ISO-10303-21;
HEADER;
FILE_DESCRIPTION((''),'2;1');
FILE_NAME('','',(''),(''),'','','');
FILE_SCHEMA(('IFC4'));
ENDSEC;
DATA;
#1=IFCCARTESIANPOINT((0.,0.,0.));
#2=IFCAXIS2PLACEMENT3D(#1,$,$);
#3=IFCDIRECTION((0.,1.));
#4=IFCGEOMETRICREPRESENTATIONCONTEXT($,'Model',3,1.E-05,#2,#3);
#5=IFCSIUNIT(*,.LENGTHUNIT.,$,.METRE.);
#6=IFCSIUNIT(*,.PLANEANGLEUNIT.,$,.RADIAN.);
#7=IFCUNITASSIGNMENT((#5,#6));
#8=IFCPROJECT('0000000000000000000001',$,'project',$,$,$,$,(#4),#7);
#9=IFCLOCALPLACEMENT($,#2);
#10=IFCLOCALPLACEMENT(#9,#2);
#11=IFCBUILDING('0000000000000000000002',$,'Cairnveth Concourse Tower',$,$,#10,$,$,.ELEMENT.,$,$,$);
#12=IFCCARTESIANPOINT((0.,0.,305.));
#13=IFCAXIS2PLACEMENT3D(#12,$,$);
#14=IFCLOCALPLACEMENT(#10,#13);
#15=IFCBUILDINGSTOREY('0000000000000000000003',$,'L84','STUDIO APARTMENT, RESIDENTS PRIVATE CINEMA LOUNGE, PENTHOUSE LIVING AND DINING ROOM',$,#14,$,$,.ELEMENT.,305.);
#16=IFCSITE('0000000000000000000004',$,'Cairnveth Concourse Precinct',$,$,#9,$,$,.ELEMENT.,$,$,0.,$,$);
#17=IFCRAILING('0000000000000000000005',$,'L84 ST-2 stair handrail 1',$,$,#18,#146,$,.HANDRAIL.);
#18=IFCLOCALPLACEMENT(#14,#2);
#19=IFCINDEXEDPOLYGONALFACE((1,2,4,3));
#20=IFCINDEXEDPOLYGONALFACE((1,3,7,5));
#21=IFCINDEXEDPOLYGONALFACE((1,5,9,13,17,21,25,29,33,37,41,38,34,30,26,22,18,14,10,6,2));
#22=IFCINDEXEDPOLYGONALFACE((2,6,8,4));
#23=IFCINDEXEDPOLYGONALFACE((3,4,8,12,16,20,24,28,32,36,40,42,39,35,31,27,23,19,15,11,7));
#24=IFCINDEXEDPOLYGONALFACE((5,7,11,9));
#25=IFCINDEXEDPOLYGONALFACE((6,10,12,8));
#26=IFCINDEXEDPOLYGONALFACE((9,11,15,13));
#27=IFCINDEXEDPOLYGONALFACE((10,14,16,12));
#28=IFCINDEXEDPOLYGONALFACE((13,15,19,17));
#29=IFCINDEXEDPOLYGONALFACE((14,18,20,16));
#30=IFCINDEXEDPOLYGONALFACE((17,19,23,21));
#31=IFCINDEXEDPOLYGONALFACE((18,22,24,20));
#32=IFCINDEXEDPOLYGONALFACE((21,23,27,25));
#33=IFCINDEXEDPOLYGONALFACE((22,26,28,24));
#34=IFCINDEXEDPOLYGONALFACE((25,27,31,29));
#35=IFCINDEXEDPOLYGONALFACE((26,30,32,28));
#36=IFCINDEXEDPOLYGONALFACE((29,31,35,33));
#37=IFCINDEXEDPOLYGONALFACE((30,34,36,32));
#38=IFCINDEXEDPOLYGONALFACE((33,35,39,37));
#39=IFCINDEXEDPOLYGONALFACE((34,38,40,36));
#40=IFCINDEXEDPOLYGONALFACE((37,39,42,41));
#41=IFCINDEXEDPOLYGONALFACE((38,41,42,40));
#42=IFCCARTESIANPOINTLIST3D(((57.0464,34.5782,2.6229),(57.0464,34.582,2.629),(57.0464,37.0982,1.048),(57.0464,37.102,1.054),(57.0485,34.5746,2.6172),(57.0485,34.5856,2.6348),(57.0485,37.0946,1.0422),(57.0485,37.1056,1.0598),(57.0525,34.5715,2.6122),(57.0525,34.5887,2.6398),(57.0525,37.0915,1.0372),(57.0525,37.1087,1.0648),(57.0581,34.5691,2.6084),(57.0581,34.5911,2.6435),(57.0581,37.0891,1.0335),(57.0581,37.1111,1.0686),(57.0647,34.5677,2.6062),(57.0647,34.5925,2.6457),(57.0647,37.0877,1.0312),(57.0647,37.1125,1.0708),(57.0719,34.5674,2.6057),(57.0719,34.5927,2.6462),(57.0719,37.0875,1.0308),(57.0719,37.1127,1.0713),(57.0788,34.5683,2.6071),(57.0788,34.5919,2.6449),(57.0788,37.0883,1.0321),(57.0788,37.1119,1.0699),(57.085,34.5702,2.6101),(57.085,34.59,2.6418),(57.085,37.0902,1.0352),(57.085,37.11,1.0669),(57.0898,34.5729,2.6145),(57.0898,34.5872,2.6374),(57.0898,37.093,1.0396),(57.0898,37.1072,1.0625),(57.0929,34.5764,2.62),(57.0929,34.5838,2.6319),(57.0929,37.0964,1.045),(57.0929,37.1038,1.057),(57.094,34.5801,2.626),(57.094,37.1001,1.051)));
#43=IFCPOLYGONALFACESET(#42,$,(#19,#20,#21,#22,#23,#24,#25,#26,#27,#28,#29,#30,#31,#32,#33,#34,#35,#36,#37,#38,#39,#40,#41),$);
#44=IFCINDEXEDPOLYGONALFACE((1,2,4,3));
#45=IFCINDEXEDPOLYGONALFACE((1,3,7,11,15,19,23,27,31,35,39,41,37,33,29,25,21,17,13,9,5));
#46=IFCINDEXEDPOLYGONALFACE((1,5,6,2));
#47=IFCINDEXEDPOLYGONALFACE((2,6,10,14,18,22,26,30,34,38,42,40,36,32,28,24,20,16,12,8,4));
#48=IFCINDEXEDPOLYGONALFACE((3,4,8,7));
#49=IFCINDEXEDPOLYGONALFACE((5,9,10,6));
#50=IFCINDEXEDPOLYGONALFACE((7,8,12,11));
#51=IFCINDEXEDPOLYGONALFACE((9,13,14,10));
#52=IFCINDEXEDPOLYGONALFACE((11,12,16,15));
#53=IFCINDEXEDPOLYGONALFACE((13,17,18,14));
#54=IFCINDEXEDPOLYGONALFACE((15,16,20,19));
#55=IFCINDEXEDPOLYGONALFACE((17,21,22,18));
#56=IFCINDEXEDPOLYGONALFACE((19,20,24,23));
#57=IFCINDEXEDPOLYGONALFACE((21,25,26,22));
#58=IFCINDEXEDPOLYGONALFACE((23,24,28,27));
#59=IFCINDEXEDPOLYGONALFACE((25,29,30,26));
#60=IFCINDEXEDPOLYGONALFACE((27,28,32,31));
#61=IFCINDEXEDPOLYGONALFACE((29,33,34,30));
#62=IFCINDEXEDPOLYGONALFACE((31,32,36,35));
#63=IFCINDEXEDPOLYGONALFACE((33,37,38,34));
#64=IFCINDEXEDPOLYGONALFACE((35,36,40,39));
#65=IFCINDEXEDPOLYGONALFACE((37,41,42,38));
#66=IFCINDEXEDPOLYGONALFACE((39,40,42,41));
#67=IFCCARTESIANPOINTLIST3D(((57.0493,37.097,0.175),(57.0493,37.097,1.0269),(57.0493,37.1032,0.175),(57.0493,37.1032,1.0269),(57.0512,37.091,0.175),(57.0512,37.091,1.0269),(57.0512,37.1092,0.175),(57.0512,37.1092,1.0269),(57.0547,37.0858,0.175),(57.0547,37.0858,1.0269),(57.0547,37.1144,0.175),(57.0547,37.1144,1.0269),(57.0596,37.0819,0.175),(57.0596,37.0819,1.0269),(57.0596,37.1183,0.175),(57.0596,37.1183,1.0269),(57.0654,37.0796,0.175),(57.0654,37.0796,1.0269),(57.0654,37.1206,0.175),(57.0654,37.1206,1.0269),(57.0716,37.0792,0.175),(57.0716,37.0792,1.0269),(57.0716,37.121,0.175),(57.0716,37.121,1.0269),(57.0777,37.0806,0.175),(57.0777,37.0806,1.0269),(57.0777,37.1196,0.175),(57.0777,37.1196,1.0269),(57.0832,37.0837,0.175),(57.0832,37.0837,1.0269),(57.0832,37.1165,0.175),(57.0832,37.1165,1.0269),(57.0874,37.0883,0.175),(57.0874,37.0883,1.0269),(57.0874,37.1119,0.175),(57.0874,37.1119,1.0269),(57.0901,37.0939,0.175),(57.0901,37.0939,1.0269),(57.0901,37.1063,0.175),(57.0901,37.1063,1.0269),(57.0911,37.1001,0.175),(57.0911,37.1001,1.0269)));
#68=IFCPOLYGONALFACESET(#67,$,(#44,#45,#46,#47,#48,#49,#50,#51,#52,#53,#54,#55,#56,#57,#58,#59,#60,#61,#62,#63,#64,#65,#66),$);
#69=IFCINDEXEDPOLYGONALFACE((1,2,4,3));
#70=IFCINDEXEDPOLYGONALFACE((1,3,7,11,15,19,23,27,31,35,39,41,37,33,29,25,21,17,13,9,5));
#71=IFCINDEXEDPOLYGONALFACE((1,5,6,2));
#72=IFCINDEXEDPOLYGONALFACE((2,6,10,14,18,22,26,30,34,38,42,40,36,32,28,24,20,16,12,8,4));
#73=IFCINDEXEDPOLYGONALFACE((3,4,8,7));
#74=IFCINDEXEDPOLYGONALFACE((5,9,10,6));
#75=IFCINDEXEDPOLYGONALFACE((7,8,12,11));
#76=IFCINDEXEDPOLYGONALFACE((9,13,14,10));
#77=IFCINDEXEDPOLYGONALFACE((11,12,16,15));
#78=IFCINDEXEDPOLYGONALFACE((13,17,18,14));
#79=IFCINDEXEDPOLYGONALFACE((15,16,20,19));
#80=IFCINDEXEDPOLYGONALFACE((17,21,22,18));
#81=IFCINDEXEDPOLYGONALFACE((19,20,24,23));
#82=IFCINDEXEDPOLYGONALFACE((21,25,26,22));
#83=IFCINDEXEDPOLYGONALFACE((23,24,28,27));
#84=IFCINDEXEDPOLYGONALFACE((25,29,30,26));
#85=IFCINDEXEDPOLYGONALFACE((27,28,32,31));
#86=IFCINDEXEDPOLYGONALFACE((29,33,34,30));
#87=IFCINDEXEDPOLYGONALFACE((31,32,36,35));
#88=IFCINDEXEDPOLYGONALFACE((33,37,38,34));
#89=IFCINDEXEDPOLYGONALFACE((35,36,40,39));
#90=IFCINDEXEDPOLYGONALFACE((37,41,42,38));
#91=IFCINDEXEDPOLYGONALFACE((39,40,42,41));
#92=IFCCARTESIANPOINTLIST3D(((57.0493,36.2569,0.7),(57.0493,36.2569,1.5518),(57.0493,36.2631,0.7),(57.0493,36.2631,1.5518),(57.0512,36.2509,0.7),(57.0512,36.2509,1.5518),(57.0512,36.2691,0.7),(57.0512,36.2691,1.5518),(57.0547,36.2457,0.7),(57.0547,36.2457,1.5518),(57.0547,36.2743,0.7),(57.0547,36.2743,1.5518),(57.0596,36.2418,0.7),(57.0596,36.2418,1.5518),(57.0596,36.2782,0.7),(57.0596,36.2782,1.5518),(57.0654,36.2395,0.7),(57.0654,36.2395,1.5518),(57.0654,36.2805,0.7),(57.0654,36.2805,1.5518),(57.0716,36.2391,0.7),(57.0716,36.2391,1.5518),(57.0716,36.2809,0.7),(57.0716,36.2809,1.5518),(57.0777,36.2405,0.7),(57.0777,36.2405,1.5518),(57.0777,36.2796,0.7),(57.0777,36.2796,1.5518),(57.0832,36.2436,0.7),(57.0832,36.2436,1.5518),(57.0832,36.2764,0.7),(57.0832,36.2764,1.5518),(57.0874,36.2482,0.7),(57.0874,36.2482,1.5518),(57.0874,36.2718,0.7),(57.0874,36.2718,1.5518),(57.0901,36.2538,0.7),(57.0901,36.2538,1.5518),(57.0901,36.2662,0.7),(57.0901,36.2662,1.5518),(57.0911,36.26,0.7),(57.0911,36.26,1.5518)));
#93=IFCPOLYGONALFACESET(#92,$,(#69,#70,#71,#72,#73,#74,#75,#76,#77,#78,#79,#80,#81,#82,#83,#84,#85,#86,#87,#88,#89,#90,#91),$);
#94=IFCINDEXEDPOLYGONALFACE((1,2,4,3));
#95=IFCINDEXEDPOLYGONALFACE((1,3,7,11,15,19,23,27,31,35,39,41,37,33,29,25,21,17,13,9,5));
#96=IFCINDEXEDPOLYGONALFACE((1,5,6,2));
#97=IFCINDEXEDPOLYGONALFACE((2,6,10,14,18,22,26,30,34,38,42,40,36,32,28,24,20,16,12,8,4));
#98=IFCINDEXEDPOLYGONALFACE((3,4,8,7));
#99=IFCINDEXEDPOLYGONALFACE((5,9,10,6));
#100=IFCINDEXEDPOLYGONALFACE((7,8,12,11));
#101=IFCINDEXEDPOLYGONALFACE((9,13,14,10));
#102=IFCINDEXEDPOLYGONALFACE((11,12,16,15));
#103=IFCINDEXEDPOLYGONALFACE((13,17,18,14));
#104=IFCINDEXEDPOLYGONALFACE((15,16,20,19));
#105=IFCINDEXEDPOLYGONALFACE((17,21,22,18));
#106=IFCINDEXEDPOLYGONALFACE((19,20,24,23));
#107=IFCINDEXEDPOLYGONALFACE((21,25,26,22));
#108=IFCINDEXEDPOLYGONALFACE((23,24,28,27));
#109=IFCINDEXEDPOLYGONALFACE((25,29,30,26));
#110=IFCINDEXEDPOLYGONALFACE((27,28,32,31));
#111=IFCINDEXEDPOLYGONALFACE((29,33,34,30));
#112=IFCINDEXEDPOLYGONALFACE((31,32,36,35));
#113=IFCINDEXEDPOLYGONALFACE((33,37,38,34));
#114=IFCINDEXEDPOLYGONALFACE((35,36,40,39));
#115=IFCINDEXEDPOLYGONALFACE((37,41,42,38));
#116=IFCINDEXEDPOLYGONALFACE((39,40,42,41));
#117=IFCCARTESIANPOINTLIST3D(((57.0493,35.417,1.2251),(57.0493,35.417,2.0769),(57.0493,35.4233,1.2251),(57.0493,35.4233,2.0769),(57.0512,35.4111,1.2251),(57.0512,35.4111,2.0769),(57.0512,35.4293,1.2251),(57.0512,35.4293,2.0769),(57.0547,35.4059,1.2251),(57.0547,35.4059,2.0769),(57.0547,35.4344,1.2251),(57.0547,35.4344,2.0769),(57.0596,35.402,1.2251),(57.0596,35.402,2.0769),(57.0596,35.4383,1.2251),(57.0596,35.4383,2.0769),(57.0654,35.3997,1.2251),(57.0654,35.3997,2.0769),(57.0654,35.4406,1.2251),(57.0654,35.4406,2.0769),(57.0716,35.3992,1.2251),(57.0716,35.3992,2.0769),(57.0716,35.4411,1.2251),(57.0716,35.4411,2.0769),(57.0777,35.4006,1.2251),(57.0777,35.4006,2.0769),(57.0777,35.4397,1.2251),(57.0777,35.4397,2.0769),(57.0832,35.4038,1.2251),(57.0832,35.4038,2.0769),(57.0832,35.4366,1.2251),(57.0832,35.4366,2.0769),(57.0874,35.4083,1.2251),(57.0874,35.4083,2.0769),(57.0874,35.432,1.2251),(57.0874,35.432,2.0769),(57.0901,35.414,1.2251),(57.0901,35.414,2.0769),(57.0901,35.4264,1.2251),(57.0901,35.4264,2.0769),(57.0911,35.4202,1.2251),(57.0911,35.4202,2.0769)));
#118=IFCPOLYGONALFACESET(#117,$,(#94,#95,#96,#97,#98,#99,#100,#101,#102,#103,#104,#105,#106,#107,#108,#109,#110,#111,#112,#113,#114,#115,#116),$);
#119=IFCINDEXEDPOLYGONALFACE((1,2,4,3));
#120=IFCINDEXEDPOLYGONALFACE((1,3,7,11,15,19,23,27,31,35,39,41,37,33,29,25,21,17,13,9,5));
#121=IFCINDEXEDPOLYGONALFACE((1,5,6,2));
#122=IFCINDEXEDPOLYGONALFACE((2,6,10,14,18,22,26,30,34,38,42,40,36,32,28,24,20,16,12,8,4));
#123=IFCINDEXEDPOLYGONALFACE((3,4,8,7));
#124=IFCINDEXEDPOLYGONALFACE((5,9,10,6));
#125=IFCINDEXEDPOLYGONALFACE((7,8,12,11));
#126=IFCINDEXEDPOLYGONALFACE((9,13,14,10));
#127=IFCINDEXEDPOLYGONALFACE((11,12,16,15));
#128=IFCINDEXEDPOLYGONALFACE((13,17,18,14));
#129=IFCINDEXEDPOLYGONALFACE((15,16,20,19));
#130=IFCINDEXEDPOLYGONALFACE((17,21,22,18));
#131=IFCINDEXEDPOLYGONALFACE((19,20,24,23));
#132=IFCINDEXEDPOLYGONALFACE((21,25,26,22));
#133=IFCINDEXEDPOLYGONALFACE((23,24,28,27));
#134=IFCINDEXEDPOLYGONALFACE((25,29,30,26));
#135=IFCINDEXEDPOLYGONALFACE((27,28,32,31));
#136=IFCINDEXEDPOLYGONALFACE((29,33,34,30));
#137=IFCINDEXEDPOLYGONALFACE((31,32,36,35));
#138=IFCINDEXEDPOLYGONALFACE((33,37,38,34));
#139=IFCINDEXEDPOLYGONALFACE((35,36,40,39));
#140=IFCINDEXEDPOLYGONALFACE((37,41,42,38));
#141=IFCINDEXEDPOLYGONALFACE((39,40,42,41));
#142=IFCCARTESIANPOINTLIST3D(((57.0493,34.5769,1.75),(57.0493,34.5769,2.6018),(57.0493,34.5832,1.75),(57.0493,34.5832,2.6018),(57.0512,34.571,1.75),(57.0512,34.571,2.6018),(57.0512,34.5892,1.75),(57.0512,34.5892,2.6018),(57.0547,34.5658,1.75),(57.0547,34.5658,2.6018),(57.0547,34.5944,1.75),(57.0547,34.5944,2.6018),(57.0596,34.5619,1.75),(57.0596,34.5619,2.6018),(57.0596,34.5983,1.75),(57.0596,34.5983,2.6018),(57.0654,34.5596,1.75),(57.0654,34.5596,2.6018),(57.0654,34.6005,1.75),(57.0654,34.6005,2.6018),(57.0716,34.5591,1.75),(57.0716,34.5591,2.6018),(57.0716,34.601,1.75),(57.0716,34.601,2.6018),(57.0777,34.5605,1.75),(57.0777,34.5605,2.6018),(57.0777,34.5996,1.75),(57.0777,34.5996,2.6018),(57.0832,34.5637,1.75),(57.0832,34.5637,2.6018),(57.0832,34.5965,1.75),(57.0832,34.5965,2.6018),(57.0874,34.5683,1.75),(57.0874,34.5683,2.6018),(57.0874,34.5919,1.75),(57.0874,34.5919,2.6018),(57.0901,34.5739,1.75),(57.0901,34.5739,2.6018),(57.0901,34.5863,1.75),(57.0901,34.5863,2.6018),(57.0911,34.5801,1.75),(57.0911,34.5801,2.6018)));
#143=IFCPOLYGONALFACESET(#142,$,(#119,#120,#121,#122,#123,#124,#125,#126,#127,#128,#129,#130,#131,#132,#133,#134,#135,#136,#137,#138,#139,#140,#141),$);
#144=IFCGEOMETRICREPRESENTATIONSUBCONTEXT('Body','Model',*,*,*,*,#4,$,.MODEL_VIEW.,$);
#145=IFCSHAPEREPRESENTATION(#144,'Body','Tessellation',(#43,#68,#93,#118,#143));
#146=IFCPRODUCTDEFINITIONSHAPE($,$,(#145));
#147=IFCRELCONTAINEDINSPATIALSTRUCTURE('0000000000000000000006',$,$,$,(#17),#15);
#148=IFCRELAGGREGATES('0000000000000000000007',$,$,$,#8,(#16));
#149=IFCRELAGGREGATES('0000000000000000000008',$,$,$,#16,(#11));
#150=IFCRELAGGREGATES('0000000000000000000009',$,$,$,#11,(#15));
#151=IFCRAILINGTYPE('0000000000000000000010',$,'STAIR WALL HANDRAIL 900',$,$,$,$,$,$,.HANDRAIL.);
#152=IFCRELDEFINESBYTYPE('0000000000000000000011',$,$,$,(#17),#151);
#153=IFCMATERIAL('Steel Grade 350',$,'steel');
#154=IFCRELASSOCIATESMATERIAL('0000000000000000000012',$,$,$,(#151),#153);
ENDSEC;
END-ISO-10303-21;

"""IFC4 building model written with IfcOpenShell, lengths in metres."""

from ifc_helpers import new_model, si_unit, direction, frame, origin, origin_2d, place, context, subcontext, project, spatial, circle, extrude, material, type_object, element, save


model = new_model("IFC4")

# Units and contexts
model_context = context("Model", 3, precision=1e-05, world=origin(), true_north=direction((0.0, 1.0)))
body_context = subcontext(model_context, "Body", "Model", "MODEL_VIEW")
ifc_project = project(units=[si_unit("LENGTHUNIT", "METRE"), si_unit("PLANEANGLEUNIT", "RADIAN")], contexts=[model_context])

# Site, building, storey
site_placement = place(None, origin())
site = spatial("IfcSite", under=ifc_project, at=site_placement, Name="Cairnveth Concourse Precinct", CompositionType="ELEMENT", RefElevation=0.0)
building_placement = place(site_placement, origin())
building = spatial("IfcBuilding", under=site, at=building_placement, Name="Cairnveth Concourse Tower", CompositionType="ELEMENT")
storey_placement = place(building_placement, frame((0.0, 0.0, 305.0)))
storey = spatial("IfcBuildingStorey", under=building, at=storey_placement, Name="L84", Description="STUDIO APARTMENT, RESIDENTS PRIVATE CINEMA LOUNGE, PENTHOUSE LIVING AND DINING ROOM", CompositionType="ELEMENT", Elevation=305.0)

# Shared definitions
ifc_material_1 = material(Name="Steel Grade 350", Category="steel")

# Railing
railing_type_1 = type_object("IfcRailingType", Name="STAIR WALL HANDRAIL 900", PredefinedType="HANDRAIL", material=ifc_material_1)
railing_1_placement = place(storey_placement, frame((57.0701, 37.1001, 0.175)))
element("IfcRailing", 1, at=railing_1_placement, inside=storey, type_object=railing_type_1, Name="L84 ST-2 stair handrail 1", PredefinedType="HANDRAIL", context=body_context, shape_type="SweptSolid", body=[
    extrude(circle(Radius=0.0239, at=origin_2d()), frame((0.0, 0.0, 0.876), z_axis=(0.0, -0.848008, 0.529984), x_axis=(1.0, 0.0, 0.0)), (0.0, 0.0, 1.0), 2.9717),
    extrude(circle(Radius=0.021, at=origin_2d()), origin(), (0.0, 0.0, 1.0), 0.8518),
    extrude(circle(Radius=0.021, at=origin_2d()), frame((0.0, -0.8401, 0.5249)), (0.0, 0.0, 1.0), 0.8518),
    extrude(circle(Radius=0.021, at=origin_2d()), frame((0.0, -1.6799, 1.05)), (0.0, 0.0, 1.0), 0.8518),
    extrude(circle(Radius=0.021, at=origin_2d()), frame((0.0, -2.52, 1.575)), (0.0, 0.0, 1.0), 0.8518),
])

save(model, "model.ifc")
